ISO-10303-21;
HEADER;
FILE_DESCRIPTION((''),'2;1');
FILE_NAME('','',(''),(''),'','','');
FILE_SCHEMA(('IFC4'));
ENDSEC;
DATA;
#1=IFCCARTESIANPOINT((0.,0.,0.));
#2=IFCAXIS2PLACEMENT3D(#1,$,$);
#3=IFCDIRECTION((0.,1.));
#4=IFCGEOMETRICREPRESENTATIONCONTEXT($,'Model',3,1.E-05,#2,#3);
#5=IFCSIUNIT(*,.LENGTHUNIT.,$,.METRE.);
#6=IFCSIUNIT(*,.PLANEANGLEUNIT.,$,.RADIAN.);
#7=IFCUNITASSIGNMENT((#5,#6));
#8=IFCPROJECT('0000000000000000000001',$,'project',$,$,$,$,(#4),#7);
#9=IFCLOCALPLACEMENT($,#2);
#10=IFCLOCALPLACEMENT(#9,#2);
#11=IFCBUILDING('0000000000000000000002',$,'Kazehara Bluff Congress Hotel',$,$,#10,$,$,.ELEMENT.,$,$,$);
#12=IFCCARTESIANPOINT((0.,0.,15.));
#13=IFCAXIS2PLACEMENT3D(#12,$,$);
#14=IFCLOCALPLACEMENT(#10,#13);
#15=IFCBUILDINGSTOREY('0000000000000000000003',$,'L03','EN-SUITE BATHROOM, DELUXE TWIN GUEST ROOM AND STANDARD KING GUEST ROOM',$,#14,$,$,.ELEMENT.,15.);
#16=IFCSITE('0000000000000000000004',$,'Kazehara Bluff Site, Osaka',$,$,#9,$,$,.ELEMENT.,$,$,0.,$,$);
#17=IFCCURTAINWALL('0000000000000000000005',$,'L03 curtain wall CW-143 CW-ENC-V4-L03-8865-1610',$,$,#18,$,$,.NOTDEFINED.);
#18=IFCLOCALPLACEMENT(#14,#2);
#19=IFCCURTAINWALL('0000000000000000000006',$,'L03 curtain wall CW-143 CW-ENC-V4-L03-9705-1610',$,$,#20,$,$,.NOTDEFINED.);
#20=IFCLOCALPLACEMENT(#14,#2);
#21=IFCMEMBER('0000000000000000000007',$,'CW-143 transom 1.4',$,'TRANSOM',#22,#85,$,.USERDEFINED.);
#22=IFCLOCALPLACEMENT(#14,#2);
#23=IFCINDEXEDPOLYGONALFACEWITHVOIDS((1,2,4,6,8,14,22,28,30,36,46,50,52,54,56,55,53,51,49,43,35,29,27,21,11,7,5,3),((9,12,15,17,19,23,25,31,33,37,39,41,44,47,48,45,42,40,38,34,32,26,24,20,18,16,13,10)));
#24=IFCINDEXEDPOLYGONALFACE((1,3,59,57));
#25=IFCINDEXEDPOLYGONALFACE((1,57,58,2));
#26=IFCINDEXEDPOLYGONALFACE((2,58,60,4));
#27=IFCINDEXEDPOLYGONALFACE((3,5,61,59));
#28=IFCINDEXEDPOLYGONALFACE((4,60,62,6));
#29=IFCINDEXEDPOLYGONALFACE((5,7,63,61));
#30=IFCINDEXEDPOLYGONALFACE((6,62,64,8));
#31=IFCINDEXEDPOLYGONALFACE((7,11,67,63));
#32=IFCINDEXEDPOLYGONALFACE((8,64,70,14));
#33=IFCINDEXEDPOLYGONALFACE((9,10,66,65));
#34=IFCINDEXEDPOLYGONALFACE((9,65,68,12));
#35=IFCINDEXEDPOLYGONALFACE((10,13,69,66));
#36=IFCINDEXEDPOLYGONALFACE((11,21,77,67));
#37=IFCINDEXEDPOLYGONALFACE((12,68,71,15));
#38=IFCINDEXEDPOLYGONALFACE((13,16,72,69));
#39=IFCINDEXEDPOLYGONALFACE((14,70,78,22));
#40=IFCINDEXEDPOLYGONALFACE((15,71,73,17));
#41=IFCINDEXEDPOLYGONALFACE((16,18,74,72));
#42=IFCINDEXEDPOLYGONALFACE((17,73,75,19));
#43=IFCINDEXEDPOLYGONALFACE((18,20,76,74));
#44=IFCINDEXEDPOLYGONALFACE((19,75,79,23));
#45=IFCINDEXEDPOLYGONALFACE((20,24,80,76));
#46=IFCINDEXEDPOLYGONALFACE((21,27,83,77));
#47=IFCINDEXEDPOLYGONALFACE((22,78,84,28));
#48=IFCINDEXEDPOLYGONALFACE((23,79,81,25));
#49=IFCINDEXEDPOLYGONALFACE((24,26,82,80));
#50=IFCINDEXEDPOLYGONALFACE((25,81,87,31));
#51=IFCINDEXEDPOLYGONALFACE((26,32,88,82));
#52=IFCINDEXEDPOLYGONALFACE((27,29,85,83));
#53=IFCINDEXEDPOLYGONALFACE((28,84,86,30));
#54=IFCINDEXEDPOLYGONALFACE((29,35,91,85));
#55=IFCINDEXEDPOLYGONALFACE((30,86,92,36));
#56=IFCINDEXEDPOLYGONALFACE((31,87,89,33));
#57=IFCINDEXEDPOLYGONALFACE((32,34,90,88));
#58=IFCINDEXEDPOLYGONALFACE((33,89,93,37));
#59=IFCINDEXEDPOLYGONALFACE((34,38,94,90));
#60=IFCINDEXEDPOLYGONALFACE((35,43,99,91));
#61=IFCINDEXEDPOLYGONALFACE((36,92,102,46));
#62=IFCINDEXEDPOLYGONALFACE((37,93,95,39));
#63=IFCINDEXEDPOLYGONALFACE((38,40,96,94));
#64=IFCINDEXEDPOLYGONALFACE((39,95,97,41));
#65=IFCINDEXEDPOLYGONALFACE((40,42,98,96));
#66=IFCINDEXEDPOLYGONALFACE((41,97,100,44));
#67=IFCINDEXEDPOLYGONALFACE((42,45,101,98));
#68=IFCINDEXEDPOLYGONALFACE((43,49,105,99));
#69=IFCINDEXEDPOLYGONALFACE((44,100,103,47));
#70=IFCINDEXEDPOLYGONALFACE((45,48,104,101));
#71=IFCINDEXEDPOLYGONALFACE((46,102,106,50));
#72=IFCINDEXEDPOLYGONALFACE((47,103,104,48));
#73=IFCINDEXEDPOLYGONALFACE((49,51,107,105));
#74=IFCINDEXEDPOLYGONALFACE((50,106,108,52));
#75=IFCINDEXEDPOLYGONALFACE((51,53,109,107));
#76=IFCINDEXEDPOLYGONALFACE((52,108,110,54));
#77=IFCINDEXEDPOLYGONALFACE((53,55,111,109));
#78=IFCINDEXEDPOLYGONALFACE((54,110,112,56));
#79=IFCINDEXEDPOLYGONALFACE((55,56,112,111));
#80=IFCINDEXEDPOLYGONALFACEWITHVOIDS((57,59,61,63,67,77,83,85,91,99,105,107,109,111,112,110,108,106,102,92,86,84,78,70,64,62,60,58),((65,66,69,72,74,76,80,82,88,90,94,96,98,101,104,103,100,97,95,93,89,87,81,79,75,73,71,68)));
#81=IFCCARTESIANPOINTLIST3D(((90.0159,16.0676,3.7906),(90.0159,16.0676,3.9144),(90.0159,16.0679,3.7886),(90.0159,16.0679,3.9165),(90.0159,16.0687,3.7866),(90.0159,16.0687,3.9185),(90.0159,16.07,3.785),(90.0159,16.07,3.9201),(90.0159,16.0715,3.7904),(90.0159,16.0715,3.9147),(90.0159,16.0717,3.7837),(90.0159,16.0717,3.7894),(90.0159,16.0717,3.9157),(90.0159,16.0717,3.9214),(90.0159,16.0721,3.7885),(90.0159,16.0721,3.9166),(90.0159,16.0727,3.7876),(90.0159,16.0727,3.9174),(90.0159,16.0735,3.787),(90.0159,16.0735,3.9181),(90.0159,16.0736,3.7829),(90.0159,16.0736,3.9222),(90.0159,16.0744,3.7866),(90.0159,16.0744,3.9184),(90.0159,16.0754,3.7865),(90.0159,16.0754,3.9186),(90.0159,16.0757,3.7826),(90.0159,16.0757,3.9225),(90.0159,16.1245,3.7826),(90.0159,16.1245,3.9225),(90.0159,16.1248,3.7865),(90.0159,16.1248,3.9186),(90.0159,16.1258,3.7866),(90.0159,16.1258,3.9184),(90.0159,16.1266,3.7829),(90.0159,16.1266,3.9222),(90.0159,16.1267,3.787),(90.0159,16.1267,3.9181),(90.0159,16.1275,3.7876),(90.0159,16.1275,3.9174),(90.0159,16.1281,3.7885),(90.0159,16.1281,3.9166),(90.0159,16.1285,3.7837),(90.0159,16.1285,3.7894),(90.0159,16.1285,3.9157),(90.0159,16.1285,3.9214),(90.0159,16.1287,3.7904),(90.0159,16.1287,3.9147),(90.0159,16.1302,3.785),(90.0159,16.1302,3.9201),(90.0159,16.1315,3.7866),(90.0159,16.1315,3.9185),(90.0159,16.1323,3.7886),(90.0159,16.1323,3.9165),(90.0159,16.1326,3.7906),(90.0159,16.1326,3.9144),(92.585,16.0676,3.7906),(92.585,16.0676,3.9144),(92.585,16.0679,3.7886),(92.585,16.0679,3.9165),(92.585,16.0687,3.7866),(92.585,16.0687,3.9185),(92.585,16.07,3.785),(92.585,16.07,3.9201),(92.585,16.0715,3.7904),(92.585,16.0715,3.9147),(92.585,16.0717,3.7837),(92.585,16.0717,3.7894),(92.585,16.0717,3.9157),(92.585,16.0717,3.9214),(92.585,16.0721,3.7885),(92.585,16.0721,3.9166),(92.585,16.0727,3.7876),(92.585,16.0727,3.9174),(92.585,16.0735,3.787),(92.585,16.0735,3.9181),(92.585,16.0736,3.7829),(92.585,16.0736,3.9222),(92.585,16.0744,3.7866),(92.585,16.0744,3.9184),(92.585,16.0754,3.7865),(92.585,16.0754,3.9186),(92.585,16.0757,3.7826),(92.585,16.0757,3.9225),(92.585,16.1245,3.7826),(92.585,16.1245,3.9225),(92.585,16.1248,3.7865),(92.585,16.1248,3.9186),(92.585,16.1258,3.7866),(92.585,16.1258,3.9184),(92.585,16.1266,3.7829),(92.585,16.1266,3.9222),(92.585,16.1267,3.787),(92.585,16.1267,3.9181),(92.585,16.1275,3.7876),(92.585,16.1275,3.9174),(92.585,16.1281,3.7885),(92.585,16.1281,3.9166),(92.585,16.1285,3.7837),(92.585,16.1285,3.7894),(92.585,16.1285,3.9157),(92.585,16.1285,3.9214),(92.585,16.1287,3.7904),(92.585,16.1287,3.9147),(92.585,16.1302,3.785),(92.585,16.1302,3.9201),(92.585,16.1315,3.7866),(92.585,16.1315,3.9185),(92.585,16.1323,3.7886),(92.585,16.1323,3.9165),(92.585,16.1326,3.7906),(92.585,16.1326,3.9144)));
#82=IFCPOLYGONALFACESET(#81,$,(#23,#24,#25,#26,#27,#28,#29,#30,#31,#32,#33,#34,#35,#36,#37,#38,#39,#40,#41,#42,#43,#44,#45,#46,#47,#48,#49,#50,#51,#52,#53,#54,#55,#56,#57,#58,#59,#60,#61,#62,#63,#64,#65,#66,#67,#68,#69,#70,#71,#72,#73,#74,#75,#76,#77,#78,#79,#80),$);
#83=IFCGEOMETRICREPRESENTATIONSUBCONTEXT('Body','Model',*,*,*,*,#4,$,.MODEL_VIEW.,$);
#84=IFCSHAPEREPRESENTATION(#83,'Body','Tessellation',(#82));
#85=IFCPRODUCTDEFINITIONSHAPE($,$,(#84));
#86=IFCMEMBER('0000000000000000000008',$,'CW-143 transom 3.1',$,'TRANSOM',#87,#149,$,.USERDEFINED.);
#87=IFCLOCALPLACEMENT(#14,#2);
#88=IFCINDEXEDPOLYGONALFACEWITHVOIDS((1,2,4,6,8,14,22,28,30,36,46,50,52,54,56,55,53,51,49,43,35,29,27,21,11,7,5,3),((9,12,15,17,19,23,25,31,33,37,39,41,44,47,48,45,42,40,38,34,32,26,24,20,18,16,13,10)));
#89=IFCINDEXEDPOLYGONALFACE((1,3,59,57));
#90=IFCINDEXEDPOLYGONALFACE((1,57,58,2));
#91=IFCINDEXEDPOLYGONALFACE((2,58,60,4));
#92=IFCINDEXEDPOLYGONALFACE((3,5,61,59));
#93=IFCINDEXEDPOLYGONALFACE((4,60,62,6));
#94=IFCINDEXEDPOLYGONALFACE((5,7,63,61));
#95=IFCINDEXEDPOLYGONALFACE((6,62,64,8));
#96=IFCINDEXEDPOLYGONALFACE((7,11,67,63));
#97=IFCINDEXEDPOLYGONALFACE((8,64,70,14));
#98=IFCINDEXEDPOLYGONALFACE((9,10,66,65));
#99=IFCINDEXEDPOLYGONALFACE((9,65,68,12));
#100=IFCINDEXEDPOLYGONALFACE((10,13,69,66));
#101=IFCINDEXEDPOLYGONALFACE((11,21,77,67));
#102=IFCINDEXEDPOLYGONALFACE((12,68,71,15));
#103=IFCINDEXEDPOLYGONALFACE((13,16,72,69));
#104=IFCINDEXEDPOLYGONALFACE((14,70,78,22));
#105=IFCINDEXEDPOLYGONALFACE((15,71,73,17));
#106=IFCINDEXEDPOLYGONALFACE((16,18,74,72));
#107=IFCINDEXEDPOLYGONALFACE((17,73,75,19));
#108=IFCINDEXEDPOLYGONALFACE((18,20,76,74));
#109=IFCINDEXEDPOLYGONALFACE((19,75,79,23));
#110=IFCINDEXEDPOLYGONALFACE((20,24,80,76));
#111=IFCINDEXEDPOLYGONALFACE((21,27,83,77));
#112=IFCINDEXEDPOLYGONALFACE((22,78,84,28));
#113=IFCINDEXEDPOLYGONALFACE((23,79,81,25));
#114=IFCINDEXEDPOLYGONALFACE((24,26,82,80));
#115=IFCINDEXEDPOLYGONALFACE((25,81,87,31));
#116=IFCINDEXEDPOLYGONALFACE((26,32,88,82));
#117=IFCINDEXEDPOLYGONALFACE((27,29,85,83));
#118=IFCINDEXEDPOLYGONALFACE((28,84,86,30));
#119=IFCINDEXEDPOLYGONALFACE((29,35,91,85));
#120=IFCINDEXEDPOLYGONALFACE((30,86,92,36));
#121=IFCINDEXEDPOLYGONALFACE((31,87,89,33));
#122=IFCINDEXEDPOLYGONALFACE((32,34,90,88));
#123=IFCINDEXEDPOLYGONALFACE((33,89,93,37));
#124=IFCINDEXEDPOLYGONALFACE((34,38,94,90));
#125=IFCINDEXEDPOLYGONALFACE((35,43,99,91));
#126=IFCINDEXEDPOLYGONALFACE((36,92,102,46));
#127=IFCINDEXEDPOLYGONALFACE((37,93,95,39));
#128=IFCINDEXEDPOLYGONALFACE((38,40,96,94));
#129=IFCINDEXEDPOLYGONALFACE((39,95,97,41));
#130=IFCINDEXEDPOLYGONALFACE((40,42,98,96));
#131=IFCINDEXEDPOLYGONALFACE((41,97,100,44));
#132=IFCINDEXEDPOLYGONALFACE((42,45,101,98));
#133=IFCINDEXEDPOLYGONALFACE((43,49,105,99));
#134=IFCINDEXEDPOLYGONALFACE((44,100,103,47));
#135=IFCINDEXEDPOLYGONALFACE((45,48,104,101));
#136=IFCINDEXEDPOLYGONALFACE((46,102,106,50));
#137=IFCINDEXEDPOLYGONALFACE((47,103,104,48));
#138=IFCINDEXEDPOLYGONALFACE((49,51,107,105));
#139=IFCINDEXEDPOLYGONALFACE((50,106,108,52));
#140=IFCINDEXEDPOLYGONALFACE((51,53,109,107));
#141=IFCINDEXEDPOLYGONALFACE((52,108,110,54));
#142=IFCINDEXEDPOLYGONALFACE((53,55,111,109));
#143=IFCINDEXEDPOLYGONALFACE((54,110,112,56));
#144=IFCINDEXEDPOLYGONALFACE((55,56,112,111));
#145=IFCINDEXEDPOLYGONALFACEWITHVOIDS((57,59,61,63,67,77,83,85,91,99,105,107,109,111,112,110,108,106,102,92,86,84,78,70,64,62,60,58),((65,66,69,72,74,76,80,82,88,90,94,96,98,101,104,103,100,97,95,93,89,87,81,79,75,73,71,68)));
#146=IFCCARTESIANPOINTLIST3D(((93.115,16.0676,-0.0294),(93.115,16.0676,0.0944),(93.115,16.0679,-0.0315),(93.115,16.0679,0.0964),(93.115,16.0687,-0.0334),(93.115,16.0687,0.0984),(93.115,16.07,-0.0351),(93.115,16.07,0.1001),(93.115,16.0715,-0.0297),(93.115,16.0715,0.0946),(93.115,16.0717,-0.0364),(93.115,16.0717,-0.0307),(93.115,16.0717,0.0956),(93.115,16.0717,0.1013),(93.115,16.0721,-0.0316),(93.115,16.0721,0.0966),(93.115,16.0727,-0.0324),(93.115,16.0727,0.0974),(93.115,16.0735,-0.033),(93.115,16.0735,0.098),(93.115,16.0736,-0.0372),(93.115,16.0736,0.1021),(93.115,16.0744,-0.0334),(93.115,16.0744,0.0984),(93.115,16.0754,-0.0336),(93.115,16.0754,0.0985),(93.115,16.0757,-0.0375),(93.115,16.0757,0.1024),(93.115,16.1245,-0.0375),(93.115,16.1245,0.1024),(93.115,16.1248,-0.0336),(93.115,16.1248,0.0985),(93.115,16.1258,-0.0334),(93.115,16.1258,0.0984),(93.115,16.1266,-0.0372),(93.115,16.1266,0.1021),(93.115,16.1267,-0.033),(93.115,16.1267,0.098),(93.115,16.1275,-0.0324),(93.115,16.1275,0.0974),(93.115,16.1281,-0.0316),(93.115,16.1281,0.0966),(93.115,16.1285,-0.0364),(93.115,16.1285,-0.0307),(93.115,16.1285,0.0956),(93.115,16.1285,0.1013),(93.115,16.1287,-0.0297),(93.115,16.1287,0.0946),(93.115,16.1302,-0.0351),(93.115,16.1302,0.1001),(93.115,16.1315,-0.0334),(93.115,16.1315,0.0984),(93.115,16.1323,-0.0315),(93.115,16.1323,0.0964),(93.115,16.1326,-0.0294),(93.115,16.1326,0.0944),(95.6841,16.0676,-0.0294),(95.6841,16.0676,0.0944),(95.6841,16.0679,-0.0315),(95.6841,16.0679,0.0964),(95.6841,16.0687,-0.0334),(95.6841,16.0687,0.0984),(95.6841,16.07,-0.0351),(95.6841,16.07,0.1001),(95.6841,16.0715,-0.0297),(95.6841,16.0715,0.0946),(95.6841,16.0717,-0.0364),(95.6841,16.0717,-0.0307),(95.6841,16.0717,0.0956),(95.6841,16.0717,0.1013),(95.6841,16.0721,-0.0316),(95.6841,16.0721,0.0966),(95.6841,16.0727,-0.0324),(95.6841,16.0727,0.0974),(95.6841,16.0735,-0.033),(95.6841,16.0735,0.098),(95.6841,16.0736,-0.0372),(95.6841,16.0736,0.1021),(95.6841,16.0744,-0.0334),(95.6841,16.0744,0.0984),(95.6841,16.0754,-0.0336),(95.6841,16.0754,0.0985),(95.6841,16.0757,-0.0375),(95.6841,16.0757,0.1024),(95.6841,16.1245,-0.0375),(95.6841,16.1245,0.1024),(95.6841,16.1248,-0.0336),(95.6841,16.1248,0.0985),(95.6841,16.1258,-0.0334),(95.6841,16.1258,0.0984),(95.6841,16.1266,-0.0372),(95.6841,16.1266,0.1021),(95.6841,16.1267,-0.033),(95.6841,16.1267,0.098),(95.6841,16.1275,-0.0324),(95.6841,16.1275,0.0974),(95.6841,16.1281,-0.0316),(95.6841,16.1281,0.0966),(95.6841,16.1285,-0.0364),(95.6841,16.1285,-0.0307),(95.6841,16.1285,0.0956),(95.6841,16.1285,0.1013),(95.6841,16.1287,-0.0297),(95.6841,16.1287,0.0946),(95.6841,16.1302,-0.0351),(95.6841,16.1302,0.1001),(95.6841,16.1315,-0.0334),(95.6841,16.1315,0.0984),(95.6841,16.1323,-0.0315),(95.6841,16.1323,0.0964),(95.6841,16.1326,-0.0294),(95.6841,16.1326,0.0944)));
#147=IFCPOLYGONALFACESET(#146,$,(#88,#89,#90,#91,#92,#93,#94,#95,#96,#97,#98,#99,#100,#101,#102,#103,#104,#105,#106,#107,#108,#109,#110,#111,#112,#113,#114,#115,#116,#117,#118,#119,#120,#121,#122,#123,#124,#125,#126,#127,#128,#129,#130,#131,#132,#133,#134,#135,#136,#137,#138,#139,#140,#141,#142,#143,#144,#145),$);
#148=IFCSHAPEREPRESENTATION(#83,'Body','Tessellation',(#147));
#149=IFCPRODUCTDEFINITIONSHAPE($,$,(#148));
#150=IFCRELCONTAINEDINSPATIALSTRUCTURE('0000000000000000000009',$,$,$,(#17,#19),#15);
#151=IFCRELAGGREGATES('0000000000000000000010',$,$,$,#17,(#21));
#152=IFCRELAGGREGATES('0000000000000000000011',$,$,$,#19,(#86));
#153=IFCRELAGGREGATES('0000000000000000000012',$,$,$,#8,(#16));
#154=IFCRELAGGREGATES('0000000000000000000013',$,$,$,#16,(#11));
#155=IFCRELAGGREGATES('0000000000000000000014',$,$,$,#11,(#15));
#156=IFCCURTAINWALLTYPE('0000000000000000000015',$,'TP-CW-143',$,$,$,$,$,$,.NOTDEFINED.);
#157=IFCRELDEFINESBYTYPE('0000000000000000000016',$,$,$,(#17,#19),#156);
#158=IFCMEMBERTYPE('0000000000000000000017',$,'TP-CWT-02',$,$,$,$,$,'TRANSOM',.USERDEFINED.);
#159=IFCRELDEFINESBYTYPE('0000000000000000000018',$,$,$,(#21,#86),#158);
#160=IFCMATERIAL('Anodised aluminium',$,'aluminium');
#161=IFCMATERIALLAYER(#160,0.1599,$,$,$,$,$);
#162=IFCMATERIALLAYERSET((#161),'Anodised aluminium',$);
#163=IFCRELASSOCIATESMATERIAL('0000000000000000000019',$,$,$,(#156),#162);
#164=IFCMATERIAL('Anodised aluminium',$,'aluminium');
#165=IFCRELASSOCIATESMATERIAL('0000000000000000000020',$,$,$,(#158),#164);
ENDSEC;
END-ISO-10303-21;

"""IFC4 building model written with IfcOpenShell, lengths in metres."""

from ifc_helpers import new_model, si_unit, direction, frame, origin, origin_2d, place, context, subcontext, project, spatial, hollow_rectangle, extrude, material, layer, layer_set, material_profile, profile_set, type_object, element, aggregate, save


model = new_model("IFC4")

# Units and contexts
model_context = context("Model", 3, precision=1e-05, world=origin(), true_north=direction((0.0, 1.0)))
body_context = subcontext(model_context, "Body", "Model", "MODEL_VIEW")
ifc_project = project(units=[si_unit("LENGTHUNIT", "METRE"), si_unit("PLANEANGLEUNIT", "RADIAN")], contexts=[model_context])

# Site, building, storey
site_placement = place(None, origin())
site = spatial("IfcSite", under=ifc_project, at=site_placement, Name="Kazehara Bluff Site, Osaka", CompositionType="ELEMENT", RefElevation=0.0)
building_placement = place(site_placement, origin())
building = spatial("IfcBuilding", under=site, at=building_placement, Name="Kazehara Bluff Congress Hotel", CompositionType="ELEMENT")
storey_placement = place(building_placement, frame((0.0, 0.0, 15.0)))
storey = spatial("IfcBuildingStorey", under=building, at=storey_placement, Name="L03", Description="EN-SUITE BATHROOM, DELUXE TWIN GUEST ROOM AND STANDARD KING GUEST ROOM", CompositionType="ELEMENT", Elevation=15.0)

# Curtain walls
ifc_material_1 = material(Name="Anodised aluminium", Category="aluminium")
ifc_layer_1 = layer(ifc_material_1, 0.1599)
ifc_layer_set_1 = layer_set([ifc_layer_1], Name="Anodised aluminium")
curtain_wall_type = type_object("IfcCurtainWallType", Name="TP-CW-143", PredefinedType="NOTDEFINED", material=ifc_layer_set_1)
curtain_wall_1_placement = place(storey_placement, origin())
curtain_wall_1 = element("IfcCurtainWall", 1, at=curtain_wall_1_placement, inside=storey, type_object=curtain_wall_type, Name="L03 curtain wall CW-143 CW-ENC-V4-L03-8865-1610", PredefinedType="NOTDEFINED")
curtain_wall_2_placement = place(storey_placement, origin())
curtain_wall_2 = element("IfcCurtainWall", 2, at=curtain_wall_2_placement, inside=storey, type_object=curtain_wall_type, Name="L03 curtain wall CW-143 CW-ENC-V4-L03-9705-1610", PredefinedType="NOTDEFINED")

# Members
ifc_material_2 = material(Name="Anodised aluminium", Category="aluminium")
ifc_material_profile_1 = material_profile(ifc_material_2, hollow_rectangle(XDim=0.0649, YDim=0.1399, WallThickness=0.0039, InnerFilletRadius=0.0039, OuterFilletRadius=0.0081, at=origin_2d()))
ifc_profile_set_1 = profile_set([ifc_material_profile_1], Name="Anodised aluminium")
member_type_1 = type_object("IfcMemberType", Name="TP-CWT-02", ElementType="TRANSOM", PredefinedType="USERDEFINED", material=ifc_profile_set_1)
member_1_placement = place(storey_placement, frame((92.585, 16.1001, 3.8525), z_axis=(-1.0, 0.0, 0.0), x_axis=(0.0, -1.0, 0.0)))
member_1 = element("IfcMember", 3, at=member_1_placement, type_object=member_type_1, Name="CW-143 transom 1.4", ObjectType="TRANSOM", PredefinedType="USERDEFINED", context=body_context, shape_type="SweptSolid", body=[
    extrude(hollow_rectangle(XDim=0.0649, YDim=0.1399, WallThickness=0.0039, InnerFilletRadius=0.0039, OuterFilletRadius=0.0081, at=origin_2d()), origin(), (0.0, 0.0, 1.0), 2.5691),
])
aggregate(curtain_wall_1, [member_1])
member_2_placement = place(storey_placement, frame((95.6841, 16.1001, 0.0325), z_axis=(-1.0, 0.0, 0.0), x_axis=(0.0, -1.0, 0.0)))
member_2 = element("IfcMember", 4, at=member_2_placement, type_object=member_type_1, Name="CW-143 transom 3.1", ObjectType="TRANSOM", PredefinedType="USERDEFINED", context=body_context, shape_type="SweptSolid", body=[
    extrude(hollow_rectangle(XDim=0.0649, YDim=0.1399, WallThickness=0.0039, InnerFilletRadius=0.0039, OuterFilletRadius=0.0081, at=origin_2d()), origin(), (0.0, 0.0, 1.0), 2.5691),
])

aggregate(curtain_wall_2, [member_2])

save(model, "model.ifc")
